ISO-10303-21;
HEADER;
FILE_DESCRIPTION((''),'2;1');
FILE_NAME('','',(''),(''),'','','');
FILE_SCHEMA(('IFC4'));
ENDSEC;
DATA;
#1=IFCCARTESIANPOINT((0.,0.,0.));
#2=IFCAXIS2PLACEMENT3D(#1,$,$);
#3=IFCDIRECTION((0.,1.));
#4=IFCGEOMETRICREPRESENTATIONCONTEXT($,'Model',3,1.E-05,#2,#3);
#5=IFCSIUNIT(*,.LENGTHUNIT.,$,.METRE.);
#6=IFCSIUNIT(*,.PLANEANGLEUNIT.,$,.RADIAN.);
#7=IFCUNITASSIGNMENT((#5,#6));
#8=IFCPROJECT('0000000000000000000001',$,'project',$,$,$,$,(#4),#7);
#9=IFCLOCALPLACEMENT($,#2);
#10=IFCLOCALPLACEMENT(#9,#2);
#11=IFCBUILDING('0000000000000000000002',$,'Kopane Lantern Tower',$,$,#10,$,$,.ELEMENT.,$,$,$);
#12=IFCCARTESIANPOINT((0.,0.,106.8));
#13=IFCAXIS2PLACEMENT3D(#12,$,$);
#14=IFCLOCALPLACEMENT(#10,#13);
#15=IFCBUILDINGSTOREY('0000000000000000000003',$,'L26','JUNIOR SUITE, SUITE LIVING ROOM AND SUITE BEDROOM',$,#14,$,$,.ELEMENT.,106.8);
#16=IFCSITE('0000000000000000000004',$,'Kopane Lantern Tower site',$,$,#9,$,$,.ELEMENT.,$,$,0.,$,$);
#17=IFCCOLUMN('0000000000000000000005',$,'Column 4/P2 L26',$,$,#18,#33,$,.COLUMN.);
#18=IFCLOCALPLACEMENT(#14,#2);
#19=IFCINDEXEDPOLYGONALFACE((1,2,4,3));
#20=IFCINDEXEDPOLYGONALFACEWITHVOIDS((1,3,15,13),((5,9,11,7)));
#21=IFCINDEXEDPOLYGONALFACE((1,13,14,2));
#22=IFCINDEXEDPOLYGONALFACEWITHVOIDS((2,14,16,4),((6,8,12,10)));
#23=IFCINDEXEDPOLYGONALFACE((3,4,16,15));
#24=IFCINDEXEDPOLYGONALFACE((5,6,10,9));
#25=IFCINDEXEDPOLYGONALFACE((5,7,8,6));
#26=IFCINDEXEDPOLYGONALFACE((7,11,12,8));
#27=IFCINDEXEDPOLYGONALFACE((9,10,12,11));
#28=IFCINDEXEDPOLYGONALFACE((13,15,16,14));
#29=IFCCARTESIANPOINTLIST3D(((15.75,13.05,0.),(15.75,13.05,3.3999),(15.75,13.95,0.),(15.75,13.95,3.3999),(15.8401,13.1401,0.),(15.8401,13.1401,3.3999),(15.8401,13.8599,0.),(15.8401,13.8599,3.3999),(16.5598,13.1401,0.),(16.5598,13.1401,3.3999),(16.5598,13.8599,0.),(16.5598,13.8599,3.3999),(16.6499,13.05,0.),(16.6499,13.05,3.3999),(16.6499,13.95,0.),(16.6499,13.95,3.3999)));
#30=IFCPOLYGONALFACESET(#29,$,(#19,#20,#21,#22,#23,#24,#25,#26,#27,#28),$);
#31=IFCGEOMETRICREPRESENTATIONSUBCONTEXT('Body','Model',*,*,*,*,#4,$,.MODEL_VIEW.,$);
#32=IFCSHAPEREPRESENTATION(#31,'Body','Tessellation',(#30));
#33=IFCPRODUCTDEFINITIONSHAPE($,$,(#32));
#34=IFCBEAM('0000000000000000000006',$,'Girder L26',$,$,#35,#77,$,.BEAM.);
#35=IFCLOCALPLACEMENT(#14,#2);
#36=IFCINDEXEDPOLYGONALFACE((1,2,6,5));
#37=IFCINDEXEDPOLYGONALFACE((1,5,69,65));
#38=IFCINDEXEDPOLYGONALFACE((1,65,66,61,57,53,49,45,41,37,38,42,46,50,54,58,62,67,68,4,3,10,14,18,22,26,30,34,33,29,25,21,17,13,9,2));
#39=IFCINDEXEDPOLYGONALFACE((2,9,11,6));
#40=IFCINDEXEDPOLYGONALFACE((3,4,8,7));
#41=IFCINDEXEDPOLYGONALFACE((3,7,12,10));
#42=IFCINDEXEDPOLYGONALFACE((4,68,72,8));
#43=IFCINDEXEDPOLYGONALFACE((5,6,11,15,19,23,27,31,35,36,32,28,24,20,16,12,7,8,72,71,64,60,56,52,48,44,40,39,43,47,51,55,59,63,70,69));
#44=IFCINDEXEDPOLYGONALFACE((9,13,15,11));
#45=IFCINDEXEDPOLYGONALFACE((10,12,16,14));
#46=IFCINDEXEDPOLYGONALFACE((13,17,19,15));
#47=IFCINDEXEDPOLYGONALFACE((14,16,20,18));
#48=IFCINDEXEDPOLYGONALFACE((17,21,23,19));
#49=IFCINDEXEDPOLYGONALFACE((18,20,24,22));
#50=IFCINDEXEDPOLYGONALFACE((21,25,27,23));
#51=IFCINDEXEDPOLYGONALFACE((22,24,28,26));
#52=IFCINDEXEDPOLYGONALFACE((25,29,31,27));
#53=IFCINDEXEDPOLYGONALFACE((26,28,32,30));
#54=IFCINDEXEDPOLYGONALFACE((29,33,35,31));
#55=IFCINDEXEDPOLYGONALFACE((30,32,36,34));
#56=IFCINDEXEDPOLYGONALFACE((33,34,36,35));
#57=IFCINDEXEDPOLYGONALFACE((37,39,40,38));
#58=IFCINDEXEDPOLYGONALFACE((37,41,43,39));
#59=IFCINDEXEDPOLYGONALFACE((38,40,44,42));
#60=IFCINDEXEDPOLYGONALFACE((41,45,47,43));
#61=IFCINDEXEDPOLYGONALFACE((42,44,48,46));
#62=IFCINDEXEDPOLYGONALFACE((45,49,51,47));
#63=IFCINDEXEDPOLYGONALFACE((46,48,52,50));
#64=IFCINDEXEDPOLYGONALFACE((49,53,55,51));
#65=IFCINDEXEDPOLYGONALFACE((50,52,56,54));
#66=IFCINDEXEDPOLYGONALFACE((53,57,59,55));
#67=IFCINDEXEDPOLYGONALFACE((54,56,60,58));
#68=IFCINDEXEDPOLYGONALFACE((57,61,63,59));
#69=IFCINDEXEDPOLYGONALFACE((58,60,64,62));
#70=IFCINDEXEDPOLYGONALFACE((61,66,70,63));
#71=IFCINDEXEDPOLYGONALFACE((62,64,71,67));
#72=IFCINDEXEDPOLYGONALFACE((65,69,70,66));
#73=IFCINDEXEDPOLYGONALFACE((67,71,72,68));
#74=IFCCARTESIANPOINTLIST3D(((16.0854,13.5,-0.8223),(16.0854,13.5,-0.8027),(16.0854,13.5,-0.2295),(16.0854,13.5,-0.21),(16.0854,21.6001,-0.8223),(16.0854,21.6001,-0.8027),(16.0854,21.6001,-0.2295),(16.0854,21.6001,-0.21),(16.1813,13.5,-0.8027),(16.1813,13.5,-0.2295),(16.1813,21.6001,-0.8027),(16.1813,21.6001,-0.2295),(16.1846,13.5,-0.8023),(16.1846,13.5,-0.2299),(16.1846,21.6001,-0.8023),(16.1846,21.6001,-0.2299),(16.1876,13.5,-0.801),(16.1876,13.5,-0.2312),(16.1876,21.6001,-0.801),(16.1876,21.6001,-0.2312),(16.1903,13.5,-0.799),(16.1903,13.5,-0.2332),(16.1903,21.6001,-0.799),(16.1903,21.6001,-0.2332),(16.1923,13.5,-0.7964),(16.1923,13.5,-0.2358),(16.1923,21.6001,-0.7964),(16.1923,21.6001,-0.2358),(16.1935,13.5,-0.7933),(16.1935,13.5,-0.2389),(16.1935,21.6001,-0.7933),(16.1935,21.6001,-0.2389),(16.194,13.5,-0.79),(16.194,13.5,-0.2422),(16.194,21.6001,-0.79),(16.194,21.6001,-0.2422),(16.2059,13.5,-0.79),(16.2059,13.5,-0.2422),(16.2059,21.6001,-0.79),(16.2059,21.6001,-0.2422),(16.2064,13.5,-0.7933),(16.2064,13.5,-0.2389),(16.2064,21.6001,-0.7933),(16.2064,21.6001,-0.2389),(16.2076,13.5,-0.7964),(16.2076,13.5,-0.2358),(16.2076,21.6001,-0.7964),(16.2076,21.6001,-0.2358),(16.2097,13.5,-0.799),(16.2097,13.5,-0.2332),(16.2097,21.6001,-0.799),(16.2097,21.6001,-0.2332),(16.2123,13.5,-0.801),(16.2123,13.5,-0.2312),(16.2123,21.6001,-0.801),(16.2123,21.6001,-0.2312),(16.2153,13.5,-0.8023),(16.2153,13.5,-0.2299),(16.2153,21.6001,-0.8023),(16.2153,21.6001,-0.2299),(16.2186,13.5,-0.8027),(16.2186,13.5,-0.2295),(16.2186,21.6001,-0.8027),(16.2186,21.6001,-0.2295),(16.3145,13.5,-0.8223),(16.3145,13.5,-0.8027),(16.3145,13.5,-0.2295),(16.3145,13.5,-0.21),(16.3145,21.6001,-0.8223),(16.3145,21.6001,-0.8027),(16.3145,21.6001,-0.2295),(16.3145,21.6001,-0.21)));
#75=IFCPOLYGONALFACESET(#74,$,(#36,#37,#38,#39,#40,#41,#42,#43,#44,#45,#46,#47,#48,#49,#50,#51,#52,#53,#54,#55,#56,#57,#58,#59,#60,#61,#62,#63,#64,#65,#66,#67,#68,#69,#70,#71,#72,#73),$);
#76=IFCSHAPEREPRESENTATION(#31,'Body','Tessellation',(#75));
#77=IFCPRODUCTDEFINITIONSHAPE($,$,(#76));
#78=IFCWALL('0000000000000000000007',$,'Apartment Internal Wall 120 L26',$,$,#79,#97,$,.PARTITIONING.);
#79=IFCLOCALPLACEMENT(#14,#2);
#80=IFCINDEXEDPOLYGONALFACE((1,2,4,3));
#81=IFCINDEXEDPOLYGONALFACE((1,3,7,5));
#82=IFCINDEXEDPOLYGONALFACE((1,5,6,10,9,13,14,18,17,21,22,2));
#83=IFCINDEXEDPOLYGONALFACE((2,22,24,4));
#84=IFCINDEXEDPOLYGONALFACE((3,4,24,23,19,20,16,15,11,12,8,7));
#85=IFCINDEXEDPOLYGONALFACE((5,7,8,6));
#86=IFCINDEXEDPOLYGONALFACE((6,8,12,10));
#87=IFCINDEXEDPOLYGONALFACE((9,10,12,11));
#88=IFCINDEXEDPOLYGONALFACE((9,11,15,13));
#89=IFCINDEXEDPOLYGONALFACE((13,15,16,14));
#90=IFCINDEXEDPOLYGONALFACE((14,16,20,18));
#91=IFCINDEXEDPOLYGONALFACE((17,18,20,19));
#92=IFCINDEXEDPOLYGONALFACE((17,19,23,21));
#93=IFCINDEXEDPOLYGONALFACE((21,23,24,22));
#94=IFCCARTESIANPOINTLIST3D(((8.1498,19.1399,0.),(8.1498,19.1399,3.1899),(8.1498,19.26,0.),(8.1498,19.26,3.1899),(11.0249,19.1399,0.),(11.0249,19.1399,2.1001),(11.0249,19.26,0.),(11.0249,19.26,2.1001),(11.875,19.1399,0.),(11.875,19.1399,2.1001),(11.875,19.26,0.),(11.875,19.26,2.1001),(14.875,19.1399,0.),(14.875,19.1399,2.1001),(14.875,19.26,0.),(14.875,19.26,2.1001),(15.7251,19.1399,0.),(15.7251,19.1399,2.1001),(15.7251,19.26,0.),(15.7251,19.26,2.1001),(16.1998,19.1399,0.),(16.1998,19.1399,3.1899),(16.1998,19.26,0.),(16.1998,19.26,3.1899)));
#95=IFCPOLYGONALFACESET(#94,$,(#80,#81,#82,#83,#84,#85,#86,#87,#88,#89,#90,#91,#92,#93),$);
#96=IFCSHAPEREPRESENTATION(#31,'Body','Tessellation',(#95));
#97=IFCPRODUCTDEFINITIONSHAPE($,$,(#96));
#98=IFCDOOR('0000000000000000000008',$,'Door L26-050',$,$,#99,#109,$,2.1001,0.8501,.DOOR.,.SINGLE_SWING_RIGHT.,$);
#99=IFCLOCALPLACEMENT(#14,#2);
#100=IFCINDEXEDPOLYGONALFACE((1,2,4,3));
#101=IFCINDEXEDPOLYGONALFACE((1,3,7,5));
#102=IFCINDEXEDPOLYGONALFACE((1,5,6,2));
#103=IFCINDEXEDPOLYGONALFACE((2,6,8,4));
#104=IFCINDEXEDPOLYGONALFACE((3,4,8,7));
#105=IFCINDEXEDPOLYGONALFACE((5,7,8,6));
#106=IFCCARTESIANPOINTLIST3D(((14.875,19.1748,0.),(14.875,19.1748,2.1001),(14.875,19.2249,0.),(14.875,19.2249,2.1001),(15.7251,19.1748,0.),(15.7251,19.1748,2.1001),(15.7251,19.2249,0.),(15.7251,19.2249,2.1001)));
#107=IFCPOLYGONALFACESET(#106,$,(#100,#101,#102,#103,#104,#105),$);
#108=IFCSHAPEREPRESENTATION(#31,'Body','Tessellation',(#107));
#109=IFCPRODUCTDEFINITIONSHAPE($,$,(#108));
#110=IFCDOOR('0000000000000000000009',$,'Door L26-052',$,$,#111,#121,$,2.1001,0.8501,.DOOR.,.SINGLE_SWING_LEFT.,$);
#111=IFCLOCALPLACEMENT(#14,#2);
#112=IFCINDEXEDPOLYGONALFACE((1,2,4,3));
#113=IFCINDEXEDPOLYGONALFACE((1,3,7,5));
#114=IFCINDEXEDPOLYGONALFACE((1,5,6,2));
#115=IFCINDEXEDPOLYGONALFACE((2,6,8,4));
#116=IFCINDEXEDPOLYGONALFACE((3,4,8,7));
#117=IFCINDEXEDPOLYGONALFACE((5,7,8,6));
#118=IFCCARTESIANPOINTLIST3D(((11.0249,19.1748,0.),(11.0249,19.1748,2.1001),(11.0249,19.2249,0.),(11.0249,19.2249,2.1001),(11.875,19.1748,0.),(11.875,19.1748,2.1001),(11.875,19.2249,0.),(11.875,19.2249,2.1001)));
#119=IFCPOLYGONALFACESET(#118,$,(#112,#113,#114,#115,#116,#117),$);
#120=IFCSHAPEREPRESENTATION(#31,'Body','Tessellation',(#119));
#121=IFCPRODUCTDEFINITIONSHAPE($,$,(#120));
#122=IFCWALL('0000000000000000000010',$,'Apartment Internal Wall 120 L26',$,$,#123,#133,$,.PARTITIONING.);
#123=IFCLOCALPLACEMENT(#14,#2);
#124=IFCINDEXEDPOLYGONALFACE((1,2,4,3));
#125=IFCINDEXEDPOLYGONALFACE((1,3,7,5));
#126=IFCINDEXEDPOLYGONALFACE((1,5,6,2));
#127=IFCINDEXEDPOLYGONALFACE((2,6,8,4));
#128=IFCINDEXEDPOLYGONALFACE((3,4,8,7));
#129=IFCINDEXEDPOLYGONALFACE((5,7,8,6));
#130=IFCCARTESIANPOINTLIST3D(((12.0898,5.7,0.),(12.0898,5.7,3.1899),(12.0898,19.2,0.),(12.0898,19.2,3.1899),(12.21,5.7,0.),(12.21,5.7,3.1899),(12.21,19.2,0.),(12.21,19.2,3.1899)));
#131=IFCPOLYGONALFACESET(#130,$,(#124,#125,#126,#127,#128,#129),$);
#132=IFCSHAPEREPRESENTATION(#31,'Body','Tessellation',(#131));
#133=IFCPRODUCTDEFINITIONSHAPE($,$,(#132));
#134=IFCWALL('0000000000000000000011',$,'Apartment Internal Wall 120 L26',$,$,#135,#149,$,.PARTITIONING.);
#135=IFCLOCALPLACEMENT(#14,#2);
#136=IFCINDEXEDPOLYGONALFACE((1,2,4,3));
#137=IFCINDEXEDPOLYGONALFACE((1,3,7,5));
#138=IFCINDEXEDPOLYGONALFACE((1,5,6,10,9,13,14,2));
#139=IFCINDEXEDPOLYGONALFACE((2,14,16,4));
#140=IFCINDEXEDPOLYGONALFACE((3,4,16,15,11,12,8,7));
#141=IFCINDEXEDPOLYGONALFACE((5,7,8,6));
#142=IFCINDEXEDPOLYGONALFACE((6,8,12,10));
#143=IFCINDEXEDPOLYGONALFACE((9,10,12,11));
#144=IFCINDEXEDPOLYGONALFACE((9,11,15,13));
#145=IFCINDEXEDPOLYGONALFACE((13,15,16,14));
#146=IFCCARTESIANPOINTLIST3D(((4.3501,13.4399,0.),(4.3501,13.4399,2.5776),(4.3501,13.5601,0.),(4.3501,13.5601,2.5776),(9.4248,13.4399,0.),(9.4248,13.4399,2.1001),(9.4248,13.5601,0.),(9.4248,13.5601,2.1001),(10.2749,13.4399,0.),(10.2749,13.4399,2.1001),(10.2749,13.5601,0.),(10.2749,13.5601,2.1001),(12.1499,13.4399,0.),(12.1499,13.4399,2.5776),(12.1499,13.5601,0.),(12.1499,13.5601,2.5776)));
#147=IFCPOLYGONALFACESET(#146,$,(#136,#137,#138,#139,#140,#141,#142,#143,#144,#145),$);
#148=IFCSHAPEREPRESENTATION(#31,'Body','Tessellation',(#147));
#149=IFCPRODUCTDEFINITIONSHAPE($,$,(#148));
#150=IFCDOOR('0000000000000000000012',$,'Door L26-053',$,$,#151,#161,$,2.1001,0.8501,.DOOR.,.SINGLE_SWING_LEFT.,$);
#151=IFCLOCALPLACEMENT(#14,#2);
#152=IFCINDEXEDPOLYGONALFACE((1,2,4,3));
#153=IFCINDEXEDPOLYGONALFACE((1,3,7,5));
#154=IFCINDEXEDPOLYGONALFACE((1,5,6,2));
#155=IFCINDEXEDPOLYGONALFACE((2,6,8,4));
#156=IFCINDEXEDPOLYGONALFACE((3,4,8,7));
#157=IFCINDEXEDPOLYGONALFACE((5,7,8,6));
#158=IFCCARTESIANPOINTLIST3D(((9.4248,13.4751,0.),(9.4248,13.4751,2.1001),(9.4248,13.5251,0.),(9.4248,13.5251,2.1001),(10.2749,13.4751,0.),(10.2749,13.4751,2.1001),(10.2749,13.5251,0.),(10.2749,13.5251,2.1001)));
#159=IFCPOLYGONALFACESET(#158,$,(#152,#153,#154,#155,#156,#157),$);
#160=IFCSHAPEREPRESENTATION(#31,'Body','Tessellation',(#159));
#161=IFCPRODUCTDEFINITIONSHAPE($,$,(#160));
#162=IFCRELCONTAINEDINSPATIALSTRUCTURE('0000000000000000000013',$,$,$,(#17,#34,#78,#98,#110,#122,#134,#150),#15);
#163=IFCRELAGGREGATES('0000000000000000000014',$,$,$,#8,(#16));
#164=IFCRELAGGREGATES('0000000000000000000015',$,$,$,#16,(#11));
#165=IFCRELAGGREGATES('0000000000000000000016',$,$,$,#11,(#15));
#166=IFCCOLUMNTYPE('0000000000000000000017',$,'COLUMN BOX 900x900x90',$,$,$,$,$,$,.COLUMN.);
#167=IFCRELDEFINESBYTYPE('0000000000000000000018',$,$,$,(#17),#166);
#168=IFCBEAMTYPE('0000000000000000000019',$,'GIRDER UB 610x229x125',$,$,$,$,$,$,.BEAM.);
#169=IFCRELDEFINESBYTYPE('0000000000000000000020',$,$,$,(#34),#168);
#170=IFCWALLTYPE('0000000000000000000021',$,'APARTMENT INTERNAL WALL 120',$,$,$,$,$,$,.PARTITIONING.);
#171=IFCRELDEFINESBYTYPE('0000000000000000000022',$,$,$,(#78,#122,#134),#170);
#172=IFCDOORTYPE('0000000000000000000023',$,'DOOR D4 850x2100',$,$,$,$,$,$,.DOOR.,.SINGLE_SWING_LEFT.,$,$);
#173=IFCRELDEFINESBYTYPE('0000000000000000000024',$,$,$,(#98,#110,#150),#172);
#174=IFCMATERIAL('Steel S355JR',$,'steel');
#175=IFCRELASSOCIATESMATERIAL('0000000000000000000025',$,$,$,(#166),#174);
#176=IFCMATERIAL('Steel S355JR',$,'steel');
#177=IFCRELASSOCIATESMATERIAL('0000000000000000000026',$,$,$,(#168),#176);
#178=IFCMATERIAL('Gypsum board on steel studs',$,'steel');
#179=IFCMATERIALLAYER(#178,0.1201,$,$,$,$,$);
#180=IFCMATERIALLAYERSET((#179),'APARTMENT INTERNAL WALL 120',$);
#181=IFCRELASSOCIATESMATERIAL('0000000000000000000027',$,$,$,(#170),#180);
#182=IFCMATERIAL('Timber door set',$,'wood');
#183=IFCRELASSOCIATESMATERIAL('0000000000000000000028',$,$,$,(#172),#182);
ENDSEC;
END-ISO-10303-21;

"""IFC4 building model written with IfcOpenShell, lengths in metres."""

from ifc_helpers import new_model, si_unit, direction, frame, frame_2d, origin, origin_2d, place, context, subcontext, project, spatial, rectangle, hollow_rectangle, i_section, extrude, material, layer, layer_set, material_profile, profile_set, type_object, element, fill, save


model = new_model("IFC4")

# Units and contexts
model_context = context("Model", 3, precision=1e-05, world=origin(), true_north=direction((0.0, 1.0)))
body_context = subcontext(model_context, "Body", "Model", "MODEL_VIEW")
ifc_project = project(units=[si_unit("LENGTHUNIT", "METRE"), si_unit("PLANEANGLEUNIT", "RADIAN")], contexts=[model_context])

# Site, building, storey
site_placement = place(None, origin())
site = spatial("IfcSite", under=ifc_project, at=site_placement, Name="Kopane Lantern Tower site", CompositionType="ELEMENT", RefElevation=0.0)
building_placement = place(site_placement, origin())
building = spatial("IfcBuilding", under=site, at=building_placement, Name="Kopane Lantern Tower", CompositionType="ELEMENT")
storey_placement = place(building_placement, frame((0.0, 0.0, 106.8)))
storey = spatial("IfcBuildingStorey", under=building, at=storey_placement, Name="L26", Description="JUNIOR SUITE, SUITE LIVING ROOM AND SUITE BEDROOM", CompositionType="ELEMENT", Elevation=106.8)

# Column
ifc_material_1 = material(Name="Steel S355JR", Category="steel")
ifc_material_profile_1 = material_profile(ifc_material_1, hollow_rectangle(XDim=0.8999, YDim=0.8999, WallThickness=0.0901, at=origin_2d()), Name="BOX 900x900x90")
ifc_profile_set_1 = profile_set([ifc_material_profile_1], Name="Steel S355JR")
column_type = type_object("IfcColumnType", Name="COLUMN BOX 900x900x90", PredefinedType="COLUMN", material=ifc_profile_set_1)
column_placement = place(storey_placement, frame((16.2, 13.5, 0.0), z_axis=(0.0, 0.0, 1.0), x_axis=(1.0, 0.0, 0.0)))
element("IfcColumn", 1, at=column_placement, inside=storey, type_object=column_type, Name="Column 4/P2 L26", PredefinedType="COLUMN", context=body_context, shape_type="SweptSolid", body=[
    extrude(hollow_rectangle(XDim=0.8999, YDim=0.8999, WallThickness=0.0901, at=origin_2d()), origin(), (0.0, 0.0, 1.0), 3.3999),
])

# Beam
ifc_material_2 = material(Name="Steel S355JR", Category="steel")
ifc_material_profile_2 = material_profile(ifc_material_2, i_section(OverallWidth=0.229, OverallDepth=0.6123, WebThickness=0.012, FlangeThickness=0.0195, FilletRadius=0.0127, at=origin_2d()), Name="UB 610x229x125")
ifc_profile_set_2 = profile_set([ifc_material_profile_2], Name="Steel S355JR")
beam_type = type_object("IfcBeamType", Name="GIRDER UB 610x229x125", PredefinedType="BEAM", material=ifc_profile_set_2)
beam_placement = place(storey_placement, frame((16.2, 13.5, -0.5161), z_axis=(0.0, 1.0, 0.0), x_axis=(-1.0, 0.0, 0.0)))
element("IfcBeam", 2, at=beam_placement, inside=storey, type_object=beam_type, Name="Girder L26", PredefinedType="BEAM", context=body_context, shape_type="SweptSolid", body=[
    extrude(i_section(OverallWidth=0.229, OverallDepth=0.6123, WebThickness=0.012, FlangeThickness=0.0195, FilletRadius=0.0127, at=origin_2d()), origin(), (0.0, 0.0, 1.0), 8.1001),
])

# Wall, openings, doors
ifc_material_3 = material(Name="Gypsum board on steel studs", Category="steel")
ifc_layer = layer(ifc_material_3, 0.1201)
ifc_layer_set = layer_set([ifc_layer], Name="APARTMENT INTERNAL WALL 120")
wall_type = type_object("IfcWallType", Name="APARTMENT INTERNAL WALL 120", PredefinedType="PARTITIONING", material=ifc_layer_set)
wall_1_placement = place(storey_placement, frame((8.1499, 19.2, 0.0), z_axis=(0.0, 0.0, 1.0), x_axis=(1.0, 0.0, 0.0)))
wall_1 = element("IfcWall", 3, at=wall_1_placement, inside=storey, type_object=wall_type, Name="Apartment Internal Wall 120 L26", PredefinedType="PARTITIONING", context=body_context, shape_type="SweptSolid", body=[
    extrude(rectangle(XDim=8.05, YDim=0.1201, at=frame_2d((4.0249, 0.0))), origin(), (0.0, 0.0, 1.0), 3.1899),
])
opening_1_placement = place(wall_1_placement, frame((6.7251, 0.0, 0.0)))
opening_1 = element("IfcOpeningElement", 4, at=opening_1_placement, cuts=wall_1, PredefinedType="OPENING", context=body_context, shape_type="SweptSolid", body=[
    extrude(rectangle(XDim=0.8501, YDim=2.1001, at=frame_2d((0.425, 1.05))), frame((0.0, 0.0701, 0.0), z_axis=(0.0, -1.0, 0.0), x_axis=(1.0, 0.0, 0.0)), (0.0, 0.0, 1.0), 0.1401),
])
opening_2_placement = place(wall_1_placement, frame((2.875, 0.0, 0.0)))
opening_2 = element("IfcOpeningElement", 5, at=opening_2_placement, cuts=wall_1, PredefinedType="OPENING", context=body_context, shape_type="SweptSolid", body=[
    extrude(rectangle(XDim=0.8501, YDim=2.1001, at=frame_2d((0.425, 1.05))), frame((0.0, 0.0701, 0.0), z_axis=(0.0, -1.0, 0.0), x_axis=(1.0, 0.0, 0.0)), (0.0, 0.0, 1.0), 0.1401),
])
ifc_material_4 = material(Name="Timber door set", Category="wood")
door_type = type_object("IfcDoorType", Name="DOOR D4 850x2100", OperationType="SINGLE_SWING_LEFT", PredefinedType="DOOR", material=ifc_material_4)
door_1_placement = place(opening_1_placement, origin())
door_1 = element("IfcDoor", 6, at=door_1_placement, inside=storey, type_object=door_type, Name="Door L26-050", OperationType="SINGLE_SWING_RIGHT", OverallHeight=2.1001, OverallWidth=0.8501, PredefinedType="DOOR", context=body_context, shape_type="SweptSolid", body=[
    extrude(rectangle(XDim=0.8501, YDim=2.1001, at=frame_2d((0.425, 1.05))), frame((0.0, 0.0249, 0.0), z_axis=(0.0, -1.0, 0.0), x_axis=(1.0, 0.0, 0.0)), (0.0, 0.0, 1.0), 0.05),
])
fill(opening_1, door_1)
door_2_placement = place(opening_2_placement, origin())
door_2 = element("IfcDoor", 7, at=door_2_placement, inside=storey, type_object=door_type, Name="Door L26-052", OperationType="SINGLE_SWING_LEFT", OverallHeight=2.1001, OverallWidth=0.8501, PredefinedType="DOOR", context=body_context, shape_type="SweptSolid", body=[
    extrude(rectangle(XDim=0.8501, YDim=2.1001, at=frame_2d((0.425, 1.05))), frame((0.0, 0.0249, 0.0), z_axis=(0.0, -1.0, 0.0), x_axis=(1.0, 0.0, 0.0)), (0.0, 0.0, 1.0), 0.05),
])
fill(opening_2, door_2)

# Wall
wall_2_placement = place(storey_placement, frame((12.1499, 19.2, 0.0), z_axis=(0.0, 0.0, 1.0), x_axis=(0.0, -1.0, 0.0)))
element("IfcWall", 8, at=wall_2_placement, inside=storey, type_object=wall_type, Name="Apartment Internal Wall 120 L26", PredefinedType="PARTITIONING", context=body_context, shape_type="SweptSolid", body=[
    extrude(rectangle(XDim=13.5, YDim=0.1201, at=frame_2d((6.75, 0.0))), origin(), (0.0, 0.0, 1.0), 3.1899),
])

# Wall, opening, door
wall_3_placement = place(storey_placement, frame((12.1499, 13.5, 0.0), z_axis=(0.0, 0.0, 1.0), x_axis=(-1.0, 0.0, 0.0)))
wall_3 = element("IfcWall", 9, at=wall_3_placement, inside=storey, type_object=wall_type, Name="Apartment Internal Wall 120 L26", PredefinedType="PARTITIONING", context=body_context, shape_type="SweptSolid", body=[
    extrude(rectangle(XDim=7.7998, YDim=0.1201, at=frame_2d((3.8999, 0.0))), origin(), (0.0, 0.0, 1.0), 2.5776),
])
opening_3_placement = place(wall_3_placement, frame((1.875, 0.0, 0.0)))
opening_3 = element("IfcOpeningElement", 10, at=opening_3_placement, cuts=wall_3, PredefinedType="OPENING", context=body_context, shape_type="SweptSolid", body=[
    extrude(rectangle(XDim=0.8501, YDim=2.1001, at=frame_2d((0.425, 1.05))), frame((0.0, 0.0701, 0.0), z_axis=(0.0, -1.0, 0.0), x_axis=(1.0, 0.0, 0.0)), (0.0, 0.0, 1.0), 0.1401),
])
door_3_placement = place(opening_3_placement, origin())
door_3 = element("IfcDoor", 11, at=door_3_placement, inside=storey, type_object=door_type, Name="Door L26-053", OperationType="SINGLE_SWING_LEFT", OverallHeight=2.1001, OverallWidth=0.8501, PredefinedType="DOOR", context=body_context, shape_type="SweptSolid", body=[
    extrude(rectangle(XDim=0.8501, YDim=2.1001, at=frame_2d((0.425, 1.05))), frame((0.0, 0.0249, 0.0), z_axis=(0.0, -1.0, 0.0), x_axis=(1.0, 0.0, 0.0)), (0.0, 0.0, 1.0), 0.05),
])
fill(opening_3, door_3)

save(model, "model.ifc")
